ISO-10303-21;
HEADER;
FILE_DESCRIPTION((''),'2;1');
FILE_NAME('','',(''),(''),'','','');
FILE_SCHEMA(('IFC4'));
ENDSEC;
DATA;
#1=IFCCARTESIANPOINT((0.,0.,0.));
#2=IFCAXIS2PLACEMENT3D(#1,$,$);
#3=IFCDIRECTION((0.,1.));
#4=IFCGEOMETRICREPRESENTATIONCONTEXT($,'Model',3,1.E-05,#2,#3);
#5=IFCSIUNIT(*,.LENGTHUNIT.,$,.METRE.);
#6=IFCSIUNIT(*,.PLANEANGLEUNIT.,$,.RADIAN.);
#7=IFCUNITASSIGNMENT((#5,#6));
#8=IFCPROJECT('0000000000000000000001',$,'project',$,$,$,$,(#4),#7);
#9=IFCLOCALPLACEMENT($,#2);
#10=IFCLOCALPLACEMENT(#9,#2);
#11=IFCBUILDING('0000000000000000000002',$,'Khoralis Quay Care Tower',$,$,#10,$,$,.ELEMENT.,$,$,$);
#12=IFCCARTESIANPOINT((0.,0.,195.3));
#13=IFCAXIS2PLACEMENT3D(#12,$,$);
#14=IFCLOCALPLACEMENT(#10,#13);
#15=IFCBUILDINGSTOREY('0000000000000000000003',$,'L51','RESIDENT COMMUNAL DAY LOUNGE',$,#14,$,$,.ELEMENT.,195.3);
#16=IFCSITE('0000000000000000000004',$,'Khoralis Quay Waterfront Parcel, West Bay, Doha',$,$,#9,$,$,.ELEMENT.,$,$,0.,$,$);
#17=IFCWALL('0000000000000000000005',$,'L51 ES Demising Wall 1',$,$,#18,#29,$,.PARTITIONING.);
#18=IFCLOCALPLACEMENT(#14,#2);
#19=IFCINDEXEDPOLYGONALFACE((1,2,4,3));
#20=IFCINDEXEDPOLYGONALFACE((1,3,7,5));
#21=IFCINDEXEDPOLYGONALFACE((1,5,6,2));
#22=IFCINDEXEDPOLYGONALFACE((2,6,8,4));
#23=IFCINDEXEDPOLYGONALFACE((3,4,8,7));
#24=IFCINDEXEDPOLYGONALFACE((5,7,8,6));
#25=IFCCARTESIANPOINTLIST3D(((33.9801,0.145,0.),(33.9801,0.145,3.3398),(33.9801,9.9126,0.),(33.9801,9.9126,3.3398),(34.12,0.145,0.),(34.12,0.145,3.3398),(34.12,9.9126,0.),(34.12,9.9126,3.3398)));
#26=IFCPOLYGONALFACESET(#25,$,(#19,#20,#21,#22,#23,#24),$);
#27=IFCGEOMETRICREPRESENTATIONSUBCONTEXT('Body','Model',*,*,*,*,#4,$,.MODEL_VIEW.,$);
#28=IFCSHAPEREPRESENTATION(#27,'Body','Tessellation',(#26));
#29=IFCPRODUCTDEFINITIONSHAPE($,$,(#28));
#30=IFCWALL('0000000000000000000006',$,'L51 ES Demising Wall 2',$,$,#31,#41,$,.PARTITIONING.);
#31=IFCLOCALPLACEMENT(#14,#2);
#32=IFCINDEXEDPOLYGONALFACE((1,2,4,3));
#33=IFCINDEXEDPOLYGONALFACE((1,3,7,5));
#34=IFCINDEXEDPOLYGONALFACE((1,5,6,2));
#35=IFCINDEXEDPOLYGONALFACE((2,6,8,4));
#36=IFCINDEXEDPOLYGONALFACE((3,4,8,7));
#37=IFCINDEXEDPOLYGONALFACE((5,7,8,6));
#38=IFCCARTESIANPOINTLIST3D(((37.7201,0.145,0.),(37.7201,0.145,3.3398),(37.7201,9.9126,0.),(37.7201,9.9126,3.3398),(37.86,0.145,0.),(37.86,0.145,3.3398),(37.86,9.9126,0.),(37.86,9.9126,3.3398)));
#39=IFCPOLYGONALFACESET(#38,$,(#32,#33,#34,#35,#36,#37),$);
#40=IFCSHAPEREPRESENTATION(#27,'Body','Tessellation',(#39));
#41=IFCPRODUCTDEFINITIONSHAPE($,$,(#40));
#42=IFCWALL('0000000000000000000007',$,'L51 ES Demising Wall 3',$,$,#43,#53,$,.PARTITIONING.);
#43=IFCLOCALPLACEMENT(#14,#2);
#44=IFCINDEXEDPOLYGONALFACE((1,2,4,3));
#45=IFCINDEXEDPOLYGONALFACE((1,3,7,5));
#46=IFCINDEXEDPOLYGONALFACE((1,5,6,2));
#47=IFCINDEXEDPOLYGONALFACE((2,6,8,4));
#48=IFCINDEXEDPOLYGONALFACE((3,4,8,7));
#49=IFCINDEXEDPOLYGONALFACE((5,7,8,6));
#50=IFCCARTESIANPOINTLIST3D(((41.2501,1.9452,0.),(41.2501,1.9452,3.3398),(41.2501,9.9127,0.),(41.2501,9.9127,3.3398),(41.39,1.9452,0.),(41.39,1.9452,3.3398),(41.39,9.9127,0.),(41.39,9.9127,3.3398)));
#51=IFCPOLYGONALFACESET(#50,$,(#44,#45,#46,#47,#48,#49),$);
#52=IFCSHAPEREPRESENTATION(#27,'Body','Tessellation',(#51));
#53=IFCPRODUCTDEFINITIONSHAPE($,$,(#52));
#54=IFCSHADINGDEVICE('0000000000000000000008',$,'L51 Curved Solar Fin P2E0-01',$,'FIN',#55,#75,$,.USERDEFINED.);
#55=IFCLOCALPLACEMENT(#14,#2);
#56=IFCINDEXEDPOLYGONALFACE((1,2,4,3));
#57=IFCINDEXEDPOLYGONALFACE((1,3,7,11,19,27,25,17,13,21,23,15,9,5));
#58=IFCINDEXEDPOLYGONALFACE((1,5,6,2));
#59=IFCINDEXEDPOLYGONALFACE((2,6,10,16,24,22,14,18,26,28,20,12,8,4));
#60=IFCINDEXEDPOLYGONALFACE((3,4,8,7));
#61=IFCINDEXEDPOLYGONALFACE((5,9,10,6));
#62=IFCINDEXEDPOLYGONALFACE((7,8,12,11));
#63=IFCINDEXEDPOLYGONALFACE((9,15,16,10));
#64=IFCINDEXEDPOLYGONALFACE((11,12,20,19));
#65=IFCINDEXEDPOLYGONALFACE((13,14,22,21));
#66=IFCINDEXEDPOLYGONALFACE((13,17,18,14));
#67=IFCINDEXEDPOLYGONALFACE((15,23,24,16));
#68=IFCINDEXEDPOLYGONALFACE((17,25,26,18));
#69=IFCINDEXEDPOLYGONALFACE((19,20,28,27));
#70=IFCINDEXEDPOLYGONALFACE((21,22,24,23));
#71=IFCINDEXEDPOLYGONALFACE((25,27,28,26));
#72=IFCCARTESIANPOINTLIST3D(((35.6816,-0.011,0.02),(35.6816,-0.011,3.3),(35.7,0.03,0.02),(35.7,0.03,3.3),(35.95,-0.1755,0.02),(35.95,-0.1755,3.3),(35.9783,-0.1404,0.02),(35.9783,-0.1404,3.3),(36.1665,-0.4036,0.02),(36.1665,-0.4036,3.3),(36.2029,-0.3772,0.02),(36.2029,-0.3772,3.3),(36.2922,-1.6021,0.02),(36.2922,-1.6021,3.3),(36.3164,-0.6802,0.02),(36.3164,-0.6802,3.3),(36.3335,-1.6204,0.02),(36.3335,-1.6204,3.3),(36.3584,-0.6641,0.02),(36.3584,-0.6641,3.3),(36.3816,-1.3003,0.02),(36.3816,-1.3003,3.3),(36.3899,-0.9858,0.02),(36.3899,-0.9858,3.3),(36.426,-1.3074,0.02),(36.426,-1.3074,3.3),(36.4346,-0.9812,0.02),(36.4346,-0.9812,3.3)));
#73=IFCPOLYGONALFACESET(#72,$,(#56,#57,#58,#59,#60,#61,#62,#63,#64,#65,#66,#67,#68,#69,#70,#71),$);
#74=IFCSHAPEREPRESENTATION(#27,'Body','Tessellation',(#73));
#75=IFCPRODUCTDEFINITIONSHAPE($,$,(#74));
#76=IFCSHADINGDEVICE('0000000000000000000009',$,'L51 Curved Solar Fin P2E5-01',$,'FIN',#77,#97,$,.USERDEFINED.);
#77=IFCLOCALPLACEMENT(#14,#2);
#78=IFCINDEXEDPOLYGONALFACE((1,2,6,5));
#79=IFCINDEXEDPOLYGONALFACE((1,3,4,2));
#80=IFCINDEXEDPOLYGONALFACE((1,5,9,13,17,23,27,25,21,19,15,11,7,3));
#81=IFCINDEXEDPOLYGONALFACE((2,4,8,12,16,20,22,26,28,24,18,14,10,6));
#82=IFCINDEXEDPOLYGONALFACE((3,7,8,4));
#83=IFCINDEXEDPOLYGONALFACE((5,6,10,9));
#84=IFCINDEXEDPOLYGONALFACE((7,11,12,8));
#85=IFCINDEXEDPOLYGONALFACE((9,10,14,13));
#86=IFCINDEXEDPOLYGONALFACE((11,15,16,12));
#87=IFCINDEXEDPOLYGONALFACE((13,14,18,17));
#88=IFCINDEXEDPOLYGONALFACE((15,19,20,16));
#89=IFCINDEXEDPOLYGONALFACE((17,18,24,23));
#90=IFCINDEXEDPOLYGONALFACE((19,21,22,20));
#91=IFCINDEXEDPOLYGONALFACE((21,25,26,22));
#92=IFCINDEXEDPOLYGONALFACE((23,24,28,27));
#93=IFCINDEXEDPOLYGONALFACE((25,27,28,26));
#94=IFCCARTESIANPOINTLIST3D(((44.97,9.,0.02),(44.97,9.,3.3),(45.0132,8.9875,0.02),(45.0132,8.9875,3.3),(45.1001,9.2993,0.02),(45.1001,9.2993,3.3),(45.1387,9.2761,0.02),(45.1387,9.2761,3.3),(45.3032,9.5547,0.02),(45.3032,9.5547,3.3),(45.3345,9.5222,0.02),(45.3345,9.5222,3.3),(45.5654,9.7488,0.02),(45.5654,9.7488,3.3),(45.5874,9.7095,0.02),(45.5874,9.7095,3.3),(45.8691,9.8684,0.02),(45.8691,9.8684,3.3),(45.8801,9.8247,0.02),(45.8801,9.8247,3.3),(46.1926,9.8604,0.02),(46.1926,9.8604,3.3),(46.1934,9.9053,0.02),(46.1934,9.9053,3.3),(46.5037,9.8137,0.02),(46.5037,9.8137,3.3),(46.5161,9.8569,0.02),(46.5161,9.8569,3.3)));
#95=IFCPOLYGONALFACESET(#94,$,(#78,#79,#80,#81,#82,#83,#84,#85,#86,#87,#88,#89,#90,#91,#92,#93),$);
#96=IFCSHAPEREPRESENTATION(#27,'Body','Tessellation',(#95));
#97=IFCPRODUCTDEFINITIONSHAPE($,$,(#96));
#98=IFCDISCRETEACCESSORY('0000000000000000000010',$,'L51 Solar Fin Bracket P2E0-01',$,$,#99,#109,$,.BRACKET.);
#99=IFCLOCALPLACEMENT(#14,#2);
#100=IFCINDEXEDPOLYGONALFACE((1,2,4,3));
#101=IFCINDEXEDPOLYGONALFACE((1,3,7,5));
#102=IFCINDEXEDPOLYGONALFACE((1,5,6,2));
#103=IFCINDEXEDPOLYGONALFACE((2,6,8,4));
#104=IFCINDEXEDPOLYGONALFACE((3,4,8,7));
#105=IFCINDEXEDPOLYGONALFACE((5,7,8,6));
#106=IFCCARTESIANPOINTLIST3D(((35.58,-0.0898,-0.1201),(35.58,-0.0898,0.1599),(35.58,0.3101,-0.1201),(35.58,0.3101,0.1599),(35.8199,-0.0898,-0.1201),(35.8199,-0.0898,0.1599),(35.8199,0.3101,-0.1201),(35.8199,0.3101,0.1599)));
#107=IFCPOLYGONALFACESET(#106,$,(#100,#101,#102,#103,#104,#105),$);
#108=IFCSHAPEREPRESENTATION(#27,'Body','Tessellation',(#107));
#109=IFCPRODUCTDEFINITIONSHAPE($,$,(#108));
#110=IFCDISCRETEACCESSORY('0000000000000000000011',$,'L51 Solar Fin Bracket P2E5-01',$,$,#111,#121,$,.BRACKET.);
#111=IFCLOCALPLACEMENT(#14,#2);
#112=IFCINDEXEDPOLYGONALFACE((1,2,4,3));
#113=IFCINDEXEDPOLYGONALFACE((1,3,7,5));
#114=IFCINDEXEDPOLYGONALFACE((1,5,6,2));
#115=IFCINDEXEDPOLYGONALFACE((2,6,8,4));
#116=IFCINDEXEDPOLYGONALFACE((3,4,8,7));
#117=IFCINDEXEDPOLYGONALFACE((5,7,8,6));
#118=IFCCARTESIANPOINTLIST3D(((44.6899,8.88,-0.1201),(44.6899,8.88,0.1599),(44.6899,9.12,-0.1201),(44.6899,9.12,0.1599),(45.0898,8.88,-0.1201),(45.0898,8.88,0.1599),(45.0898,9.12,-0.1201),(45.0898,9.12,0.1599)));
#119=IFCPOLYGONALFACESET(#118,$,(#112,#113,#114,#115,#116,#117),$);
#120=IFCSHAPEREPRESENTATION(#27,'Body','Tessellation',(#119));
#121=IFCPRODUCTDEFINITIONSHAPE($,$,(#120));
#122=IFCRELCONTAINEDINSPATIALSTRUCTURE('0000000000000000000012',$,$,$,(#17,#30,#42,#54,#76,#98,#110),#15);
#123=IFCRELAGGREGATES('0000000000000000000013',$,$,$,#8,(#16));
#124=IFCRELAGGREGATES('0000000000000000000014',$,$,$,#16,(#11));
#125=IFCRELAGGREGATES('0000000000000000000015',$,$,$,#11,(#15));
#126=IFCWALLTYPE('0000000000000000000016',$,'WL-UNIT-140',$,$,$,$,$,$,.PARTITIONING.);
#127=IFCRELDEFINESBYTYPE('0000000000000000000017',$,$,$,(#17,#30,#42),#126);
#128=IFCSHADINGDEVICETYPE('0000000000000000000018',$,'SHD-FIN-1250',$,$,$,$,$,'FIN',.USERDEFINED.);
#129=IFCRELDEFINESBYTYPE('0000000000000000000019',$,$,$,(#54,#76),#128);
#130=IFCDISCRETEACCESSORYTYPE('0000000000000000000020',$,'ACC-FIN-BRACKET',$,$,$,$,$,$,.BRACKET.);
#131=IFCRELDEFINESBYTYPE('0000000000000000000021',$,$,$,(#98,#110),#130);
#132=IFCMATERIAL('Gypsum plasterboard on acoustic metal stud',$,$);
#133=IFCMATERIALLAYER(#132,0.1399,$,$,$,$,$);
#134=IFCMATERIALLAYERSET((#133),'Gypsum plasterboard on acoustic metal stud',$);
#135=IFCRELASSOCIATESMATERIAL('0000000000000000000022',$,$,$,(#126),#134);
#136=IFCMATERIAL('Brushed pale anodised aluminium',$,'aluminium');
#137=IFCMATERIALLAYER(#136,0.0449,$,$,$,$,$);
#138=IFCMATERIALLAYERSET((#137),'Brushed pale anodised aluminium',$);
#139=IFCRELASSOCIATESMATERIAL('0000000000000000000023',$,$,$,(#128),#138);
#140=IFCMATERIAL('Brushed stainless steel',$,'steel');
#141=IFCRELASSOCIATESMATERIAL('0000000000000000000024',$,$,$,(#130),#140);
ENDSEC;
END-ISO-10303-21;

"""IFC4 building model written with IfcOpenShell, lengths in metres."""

from ifc_helpers import new_model, si_unit, direction, frame, frame_2d, origin, origin_2d, place, context, subcontext, project, spatial, polyline, rectangle, outline, extrude, source, transform, mapped, material, layer, layer_set, type_object, element, save


model = new_model("IFC4")

# Units and contexts
model_context = context("Model", 3, precision=1e-05, world=origin(), true_north=direction((0.0, 1.0)))
body_context = subcontext(model_context, "Body", "Model", "MODEL_VIEW")
ifc_project = project(units=[si_unit("LENGTHUNIT", "METRE"), si_unit("PLANEANGLEUNIT", "RADIAN")], contexts=[model_context])

# Site, building, storey
site_placement = place(None, origin())
site = spatial("IfcSite", under=ifc_project, at=site_placement, Name="Khoralis Quay Waterfront Parcel, West Bay, Doha", CompositionType="ELEMENT", RefElevation=0.0)
building_placement = place(site_placement, origin())
building = spatial("IfcBuilding", under=site, at=building_placement, Name="Khoralis Quay Care Tower", CompositionType="ELEMENT")
storey_placement = place(building_placement, frame((0.0, 0.0, 195.3)))
storey = spatial("IfcBuildingStorey", under=building, at=storey_placement, Name="L51", Description="RESIDENT COMMUNAL DAY LOUNGE", CompositionType="ELEMENT", Elevation=195.3)

# Shared definitions
ifc_material_1 = material(Name="Gypsum plasterboard on acoustic metal stud")

# Walls
ifc_layer_1 = layer(ifc_material_1, 0.1399)
ifc_layer_set_1 = layer_set([ifc_layer_1], Name="Gypsum plasterboard on acoustic metal stud")
wall_type_1 = type_object("IfcWallType", Name="WL-UNIT-140", PredefinedType="PARTITIONING", material=ifc_layer_set_1)
for number, where, z_axis, x_axis, name in (
    (1, (34.05, 0.145, 0.0), (0.0, 0.0, 1.0), (0.0, 1.0, 0.0), "L51 ES Demising Wall 1"),
    (2, (37.79, 0.145, 0.0), (0.0, 0.0, 1.0), (0.0, 1.0, 0.0), "L51 ES Demising Wall 2"),
):
    element("IfcWall", number, at=place(storey_placement, frame(where, z_axis=z_axis, x_axis=x_axis)), inside=storey, type_object=wall_type_1, Name=name, PredefinedType="PARTITIONING", context=body_context, shape_type="SweptSolid", body=[
        extrude(rectangle(XDim=9.7676, YDim=0.1399, at=frame_2d((4.8838, 0.0))), origin(), (0.0, 0.0, 1.0), 3.3398),
    ])
wall_1_placement = place(storey_placement, frame((41.3201, 1.9451, 0.0), z_axis=(0.0, 0.0, 1.0), x_axis=(0.0, 1.0, 0.0)))
element("IfcWall", 3, at=wall_1_placement, inside=storey, type_object=wall_type_1, Name="L51 ES Demising Wall 3", PredefinedType="PARTITIONING", context=body_context, shape_type="SweptSolid", body=[
    extrude(rectangle(XDim=7.9675, YDim=0.1399, at=frame_2d((3.9839, 0.0))), origin(), (0.0, 0.0, 1.0), 3.3398),
])

# Shading devices
ifc_material_2 = material(Name="Brushed pale anodised aluminium", Category="aluminium")
ifc_layer_2 = layer(ifc_material_2, 0.0449)
ifc_layer_set_2 = layer_set([ifc_layer_2], Name="Brushed pale anodised aluminium")
shading_device_type = type_object("IfcShadingDeviceType", Name="SHD-FIN-1250", ElementType="FIN", PredefinedType="USERDEFINED", material=ifc_layer_set_2)
shared_shape_1 = source(origin(), body_context, "Body", "SweptSolid", [
    extrude(outline(polyline([(0.0, 0.0), (0.1704, 0.2783), (0.4072, 0.5029), (0.6941, 0.6584), (1.0112, 0.7346), (1.3374, 0.7261), (1.6504, 0.6335), (1.6321, 0.5923), (1.3303, 0.6816), (1.0159, 0.6899), (0.7102, 0.6165), (0.4336, 0.4666), (0.2056, 0.25), (0.041, -0.0183), (0.0, 0.0)])), origin(), (0.0, 0.0, 1.0), 3.28),
])
shading_device_1_placement = place(storey_placement, frame((35.7, 0.03, 0.02), z_axis=(0.0, 0.0, 1.0), x_axis=(0.0, -1.0, 0.0)))
element("IfcShadingDevice", 4, at=shading_device_1_placement, inside=storey, type_object=shading_device_type, Name="L51 Curved Solar Fin P2E0-01", ObjectType="FIN", PredefinedType="USERDEFINED", context=body_context, shape_type="MappedRepresentation", body=[
    mapped(shared_shape_1, transform((0.0, 0.0, 0.0), scale=1.0)),
])
shared_shape_2 = source(origin(), body_context, "Body", "SweptSolid", [
    extrude(outline(polyline([(0.0, 0.0), (0.1301, 0.2993), (0.3333, 0.5547), (0.5955, 0.7488), (0.8992, 0.8684), (1.2234, 0.9053), (1.5461, 0.8569), (1.5337, 0.8137), (1.2227, 0.8604), (0.9102, 0.8247), (0.6174, 0.7095), (0.3645, 0.5222), (0.1687, 0.2761), (0.0432, -0.0125), (0.0, 0.0)])), origin(), (0.0, 0.0, 1.0), 3.28),
])
shading_device_2_placement = place(storey_placement, frame((44.97, 9.0, 0.02), z_axis=(0.0, 0.0, 1.0), x_axis=(1.0, 0.0, 0.0)))
element("IfcShadingDevice", 5, at=shading_device_2_placement, inside=storey, type_object=shading_device_type, Name="L51 Curved Solar Fin P2E5-01", ObjectType="FIN", PredefinedType="USERDEFINED", context=body_context, shape_type="MappedRepresentation", body=[
    mapped(shared_shape_2, transform((0.0, 0.0, 0.0), scale=1.0)),
])

# Discrete accessories
ifc_material_3 = material(Name="Brushed stainless steel", Category="steel")
discrete_accessory_type = type_object("IfcDiscreteAccessoryType", Name="ACC-FIN-BRACKET", PredefinedType="BRACKET", material=ifc_material_3)
shared_shape_3 = source(origin(), body_context, "Body", "SweptSolid", [
    extrude(rectangle(XDim=0.3999, YDim=0.24, at=origin_2d()), origin(), (0.0, 0.0, 1.0), 0.28),
])
for number, where, z_axis, x_axis, name in (
    (6, (35.7, 0.1101, -0.1201), (0.0, 0.0, 1.0), (0.0, -1.0, 0.0), "L51 Solar Fin Bracket P2E0-01"),
    (7, (44.8899, 9.0, -0.1201), (0.0, 0.0, 1.0), (1.0, 0.0, 0.0), "L51 Solar Fin Bracket P2E5-01"),
):
    element("IfcDiscreteAccessory", number, at=place(storey_placement, frame(where, z_axis=z_axis, x_axis=x_axis)), inside=storey, type_object=discrete_accessory_type, Name=name, PredefinedType="BRACKET", context=body_context, shape_type="MappedRepresentation", body=[
        mapped(shared_shape_3, transform((0.0, 0.0, 0.0), scale=1.0)),
    ])

save(model, "model.ifc")
